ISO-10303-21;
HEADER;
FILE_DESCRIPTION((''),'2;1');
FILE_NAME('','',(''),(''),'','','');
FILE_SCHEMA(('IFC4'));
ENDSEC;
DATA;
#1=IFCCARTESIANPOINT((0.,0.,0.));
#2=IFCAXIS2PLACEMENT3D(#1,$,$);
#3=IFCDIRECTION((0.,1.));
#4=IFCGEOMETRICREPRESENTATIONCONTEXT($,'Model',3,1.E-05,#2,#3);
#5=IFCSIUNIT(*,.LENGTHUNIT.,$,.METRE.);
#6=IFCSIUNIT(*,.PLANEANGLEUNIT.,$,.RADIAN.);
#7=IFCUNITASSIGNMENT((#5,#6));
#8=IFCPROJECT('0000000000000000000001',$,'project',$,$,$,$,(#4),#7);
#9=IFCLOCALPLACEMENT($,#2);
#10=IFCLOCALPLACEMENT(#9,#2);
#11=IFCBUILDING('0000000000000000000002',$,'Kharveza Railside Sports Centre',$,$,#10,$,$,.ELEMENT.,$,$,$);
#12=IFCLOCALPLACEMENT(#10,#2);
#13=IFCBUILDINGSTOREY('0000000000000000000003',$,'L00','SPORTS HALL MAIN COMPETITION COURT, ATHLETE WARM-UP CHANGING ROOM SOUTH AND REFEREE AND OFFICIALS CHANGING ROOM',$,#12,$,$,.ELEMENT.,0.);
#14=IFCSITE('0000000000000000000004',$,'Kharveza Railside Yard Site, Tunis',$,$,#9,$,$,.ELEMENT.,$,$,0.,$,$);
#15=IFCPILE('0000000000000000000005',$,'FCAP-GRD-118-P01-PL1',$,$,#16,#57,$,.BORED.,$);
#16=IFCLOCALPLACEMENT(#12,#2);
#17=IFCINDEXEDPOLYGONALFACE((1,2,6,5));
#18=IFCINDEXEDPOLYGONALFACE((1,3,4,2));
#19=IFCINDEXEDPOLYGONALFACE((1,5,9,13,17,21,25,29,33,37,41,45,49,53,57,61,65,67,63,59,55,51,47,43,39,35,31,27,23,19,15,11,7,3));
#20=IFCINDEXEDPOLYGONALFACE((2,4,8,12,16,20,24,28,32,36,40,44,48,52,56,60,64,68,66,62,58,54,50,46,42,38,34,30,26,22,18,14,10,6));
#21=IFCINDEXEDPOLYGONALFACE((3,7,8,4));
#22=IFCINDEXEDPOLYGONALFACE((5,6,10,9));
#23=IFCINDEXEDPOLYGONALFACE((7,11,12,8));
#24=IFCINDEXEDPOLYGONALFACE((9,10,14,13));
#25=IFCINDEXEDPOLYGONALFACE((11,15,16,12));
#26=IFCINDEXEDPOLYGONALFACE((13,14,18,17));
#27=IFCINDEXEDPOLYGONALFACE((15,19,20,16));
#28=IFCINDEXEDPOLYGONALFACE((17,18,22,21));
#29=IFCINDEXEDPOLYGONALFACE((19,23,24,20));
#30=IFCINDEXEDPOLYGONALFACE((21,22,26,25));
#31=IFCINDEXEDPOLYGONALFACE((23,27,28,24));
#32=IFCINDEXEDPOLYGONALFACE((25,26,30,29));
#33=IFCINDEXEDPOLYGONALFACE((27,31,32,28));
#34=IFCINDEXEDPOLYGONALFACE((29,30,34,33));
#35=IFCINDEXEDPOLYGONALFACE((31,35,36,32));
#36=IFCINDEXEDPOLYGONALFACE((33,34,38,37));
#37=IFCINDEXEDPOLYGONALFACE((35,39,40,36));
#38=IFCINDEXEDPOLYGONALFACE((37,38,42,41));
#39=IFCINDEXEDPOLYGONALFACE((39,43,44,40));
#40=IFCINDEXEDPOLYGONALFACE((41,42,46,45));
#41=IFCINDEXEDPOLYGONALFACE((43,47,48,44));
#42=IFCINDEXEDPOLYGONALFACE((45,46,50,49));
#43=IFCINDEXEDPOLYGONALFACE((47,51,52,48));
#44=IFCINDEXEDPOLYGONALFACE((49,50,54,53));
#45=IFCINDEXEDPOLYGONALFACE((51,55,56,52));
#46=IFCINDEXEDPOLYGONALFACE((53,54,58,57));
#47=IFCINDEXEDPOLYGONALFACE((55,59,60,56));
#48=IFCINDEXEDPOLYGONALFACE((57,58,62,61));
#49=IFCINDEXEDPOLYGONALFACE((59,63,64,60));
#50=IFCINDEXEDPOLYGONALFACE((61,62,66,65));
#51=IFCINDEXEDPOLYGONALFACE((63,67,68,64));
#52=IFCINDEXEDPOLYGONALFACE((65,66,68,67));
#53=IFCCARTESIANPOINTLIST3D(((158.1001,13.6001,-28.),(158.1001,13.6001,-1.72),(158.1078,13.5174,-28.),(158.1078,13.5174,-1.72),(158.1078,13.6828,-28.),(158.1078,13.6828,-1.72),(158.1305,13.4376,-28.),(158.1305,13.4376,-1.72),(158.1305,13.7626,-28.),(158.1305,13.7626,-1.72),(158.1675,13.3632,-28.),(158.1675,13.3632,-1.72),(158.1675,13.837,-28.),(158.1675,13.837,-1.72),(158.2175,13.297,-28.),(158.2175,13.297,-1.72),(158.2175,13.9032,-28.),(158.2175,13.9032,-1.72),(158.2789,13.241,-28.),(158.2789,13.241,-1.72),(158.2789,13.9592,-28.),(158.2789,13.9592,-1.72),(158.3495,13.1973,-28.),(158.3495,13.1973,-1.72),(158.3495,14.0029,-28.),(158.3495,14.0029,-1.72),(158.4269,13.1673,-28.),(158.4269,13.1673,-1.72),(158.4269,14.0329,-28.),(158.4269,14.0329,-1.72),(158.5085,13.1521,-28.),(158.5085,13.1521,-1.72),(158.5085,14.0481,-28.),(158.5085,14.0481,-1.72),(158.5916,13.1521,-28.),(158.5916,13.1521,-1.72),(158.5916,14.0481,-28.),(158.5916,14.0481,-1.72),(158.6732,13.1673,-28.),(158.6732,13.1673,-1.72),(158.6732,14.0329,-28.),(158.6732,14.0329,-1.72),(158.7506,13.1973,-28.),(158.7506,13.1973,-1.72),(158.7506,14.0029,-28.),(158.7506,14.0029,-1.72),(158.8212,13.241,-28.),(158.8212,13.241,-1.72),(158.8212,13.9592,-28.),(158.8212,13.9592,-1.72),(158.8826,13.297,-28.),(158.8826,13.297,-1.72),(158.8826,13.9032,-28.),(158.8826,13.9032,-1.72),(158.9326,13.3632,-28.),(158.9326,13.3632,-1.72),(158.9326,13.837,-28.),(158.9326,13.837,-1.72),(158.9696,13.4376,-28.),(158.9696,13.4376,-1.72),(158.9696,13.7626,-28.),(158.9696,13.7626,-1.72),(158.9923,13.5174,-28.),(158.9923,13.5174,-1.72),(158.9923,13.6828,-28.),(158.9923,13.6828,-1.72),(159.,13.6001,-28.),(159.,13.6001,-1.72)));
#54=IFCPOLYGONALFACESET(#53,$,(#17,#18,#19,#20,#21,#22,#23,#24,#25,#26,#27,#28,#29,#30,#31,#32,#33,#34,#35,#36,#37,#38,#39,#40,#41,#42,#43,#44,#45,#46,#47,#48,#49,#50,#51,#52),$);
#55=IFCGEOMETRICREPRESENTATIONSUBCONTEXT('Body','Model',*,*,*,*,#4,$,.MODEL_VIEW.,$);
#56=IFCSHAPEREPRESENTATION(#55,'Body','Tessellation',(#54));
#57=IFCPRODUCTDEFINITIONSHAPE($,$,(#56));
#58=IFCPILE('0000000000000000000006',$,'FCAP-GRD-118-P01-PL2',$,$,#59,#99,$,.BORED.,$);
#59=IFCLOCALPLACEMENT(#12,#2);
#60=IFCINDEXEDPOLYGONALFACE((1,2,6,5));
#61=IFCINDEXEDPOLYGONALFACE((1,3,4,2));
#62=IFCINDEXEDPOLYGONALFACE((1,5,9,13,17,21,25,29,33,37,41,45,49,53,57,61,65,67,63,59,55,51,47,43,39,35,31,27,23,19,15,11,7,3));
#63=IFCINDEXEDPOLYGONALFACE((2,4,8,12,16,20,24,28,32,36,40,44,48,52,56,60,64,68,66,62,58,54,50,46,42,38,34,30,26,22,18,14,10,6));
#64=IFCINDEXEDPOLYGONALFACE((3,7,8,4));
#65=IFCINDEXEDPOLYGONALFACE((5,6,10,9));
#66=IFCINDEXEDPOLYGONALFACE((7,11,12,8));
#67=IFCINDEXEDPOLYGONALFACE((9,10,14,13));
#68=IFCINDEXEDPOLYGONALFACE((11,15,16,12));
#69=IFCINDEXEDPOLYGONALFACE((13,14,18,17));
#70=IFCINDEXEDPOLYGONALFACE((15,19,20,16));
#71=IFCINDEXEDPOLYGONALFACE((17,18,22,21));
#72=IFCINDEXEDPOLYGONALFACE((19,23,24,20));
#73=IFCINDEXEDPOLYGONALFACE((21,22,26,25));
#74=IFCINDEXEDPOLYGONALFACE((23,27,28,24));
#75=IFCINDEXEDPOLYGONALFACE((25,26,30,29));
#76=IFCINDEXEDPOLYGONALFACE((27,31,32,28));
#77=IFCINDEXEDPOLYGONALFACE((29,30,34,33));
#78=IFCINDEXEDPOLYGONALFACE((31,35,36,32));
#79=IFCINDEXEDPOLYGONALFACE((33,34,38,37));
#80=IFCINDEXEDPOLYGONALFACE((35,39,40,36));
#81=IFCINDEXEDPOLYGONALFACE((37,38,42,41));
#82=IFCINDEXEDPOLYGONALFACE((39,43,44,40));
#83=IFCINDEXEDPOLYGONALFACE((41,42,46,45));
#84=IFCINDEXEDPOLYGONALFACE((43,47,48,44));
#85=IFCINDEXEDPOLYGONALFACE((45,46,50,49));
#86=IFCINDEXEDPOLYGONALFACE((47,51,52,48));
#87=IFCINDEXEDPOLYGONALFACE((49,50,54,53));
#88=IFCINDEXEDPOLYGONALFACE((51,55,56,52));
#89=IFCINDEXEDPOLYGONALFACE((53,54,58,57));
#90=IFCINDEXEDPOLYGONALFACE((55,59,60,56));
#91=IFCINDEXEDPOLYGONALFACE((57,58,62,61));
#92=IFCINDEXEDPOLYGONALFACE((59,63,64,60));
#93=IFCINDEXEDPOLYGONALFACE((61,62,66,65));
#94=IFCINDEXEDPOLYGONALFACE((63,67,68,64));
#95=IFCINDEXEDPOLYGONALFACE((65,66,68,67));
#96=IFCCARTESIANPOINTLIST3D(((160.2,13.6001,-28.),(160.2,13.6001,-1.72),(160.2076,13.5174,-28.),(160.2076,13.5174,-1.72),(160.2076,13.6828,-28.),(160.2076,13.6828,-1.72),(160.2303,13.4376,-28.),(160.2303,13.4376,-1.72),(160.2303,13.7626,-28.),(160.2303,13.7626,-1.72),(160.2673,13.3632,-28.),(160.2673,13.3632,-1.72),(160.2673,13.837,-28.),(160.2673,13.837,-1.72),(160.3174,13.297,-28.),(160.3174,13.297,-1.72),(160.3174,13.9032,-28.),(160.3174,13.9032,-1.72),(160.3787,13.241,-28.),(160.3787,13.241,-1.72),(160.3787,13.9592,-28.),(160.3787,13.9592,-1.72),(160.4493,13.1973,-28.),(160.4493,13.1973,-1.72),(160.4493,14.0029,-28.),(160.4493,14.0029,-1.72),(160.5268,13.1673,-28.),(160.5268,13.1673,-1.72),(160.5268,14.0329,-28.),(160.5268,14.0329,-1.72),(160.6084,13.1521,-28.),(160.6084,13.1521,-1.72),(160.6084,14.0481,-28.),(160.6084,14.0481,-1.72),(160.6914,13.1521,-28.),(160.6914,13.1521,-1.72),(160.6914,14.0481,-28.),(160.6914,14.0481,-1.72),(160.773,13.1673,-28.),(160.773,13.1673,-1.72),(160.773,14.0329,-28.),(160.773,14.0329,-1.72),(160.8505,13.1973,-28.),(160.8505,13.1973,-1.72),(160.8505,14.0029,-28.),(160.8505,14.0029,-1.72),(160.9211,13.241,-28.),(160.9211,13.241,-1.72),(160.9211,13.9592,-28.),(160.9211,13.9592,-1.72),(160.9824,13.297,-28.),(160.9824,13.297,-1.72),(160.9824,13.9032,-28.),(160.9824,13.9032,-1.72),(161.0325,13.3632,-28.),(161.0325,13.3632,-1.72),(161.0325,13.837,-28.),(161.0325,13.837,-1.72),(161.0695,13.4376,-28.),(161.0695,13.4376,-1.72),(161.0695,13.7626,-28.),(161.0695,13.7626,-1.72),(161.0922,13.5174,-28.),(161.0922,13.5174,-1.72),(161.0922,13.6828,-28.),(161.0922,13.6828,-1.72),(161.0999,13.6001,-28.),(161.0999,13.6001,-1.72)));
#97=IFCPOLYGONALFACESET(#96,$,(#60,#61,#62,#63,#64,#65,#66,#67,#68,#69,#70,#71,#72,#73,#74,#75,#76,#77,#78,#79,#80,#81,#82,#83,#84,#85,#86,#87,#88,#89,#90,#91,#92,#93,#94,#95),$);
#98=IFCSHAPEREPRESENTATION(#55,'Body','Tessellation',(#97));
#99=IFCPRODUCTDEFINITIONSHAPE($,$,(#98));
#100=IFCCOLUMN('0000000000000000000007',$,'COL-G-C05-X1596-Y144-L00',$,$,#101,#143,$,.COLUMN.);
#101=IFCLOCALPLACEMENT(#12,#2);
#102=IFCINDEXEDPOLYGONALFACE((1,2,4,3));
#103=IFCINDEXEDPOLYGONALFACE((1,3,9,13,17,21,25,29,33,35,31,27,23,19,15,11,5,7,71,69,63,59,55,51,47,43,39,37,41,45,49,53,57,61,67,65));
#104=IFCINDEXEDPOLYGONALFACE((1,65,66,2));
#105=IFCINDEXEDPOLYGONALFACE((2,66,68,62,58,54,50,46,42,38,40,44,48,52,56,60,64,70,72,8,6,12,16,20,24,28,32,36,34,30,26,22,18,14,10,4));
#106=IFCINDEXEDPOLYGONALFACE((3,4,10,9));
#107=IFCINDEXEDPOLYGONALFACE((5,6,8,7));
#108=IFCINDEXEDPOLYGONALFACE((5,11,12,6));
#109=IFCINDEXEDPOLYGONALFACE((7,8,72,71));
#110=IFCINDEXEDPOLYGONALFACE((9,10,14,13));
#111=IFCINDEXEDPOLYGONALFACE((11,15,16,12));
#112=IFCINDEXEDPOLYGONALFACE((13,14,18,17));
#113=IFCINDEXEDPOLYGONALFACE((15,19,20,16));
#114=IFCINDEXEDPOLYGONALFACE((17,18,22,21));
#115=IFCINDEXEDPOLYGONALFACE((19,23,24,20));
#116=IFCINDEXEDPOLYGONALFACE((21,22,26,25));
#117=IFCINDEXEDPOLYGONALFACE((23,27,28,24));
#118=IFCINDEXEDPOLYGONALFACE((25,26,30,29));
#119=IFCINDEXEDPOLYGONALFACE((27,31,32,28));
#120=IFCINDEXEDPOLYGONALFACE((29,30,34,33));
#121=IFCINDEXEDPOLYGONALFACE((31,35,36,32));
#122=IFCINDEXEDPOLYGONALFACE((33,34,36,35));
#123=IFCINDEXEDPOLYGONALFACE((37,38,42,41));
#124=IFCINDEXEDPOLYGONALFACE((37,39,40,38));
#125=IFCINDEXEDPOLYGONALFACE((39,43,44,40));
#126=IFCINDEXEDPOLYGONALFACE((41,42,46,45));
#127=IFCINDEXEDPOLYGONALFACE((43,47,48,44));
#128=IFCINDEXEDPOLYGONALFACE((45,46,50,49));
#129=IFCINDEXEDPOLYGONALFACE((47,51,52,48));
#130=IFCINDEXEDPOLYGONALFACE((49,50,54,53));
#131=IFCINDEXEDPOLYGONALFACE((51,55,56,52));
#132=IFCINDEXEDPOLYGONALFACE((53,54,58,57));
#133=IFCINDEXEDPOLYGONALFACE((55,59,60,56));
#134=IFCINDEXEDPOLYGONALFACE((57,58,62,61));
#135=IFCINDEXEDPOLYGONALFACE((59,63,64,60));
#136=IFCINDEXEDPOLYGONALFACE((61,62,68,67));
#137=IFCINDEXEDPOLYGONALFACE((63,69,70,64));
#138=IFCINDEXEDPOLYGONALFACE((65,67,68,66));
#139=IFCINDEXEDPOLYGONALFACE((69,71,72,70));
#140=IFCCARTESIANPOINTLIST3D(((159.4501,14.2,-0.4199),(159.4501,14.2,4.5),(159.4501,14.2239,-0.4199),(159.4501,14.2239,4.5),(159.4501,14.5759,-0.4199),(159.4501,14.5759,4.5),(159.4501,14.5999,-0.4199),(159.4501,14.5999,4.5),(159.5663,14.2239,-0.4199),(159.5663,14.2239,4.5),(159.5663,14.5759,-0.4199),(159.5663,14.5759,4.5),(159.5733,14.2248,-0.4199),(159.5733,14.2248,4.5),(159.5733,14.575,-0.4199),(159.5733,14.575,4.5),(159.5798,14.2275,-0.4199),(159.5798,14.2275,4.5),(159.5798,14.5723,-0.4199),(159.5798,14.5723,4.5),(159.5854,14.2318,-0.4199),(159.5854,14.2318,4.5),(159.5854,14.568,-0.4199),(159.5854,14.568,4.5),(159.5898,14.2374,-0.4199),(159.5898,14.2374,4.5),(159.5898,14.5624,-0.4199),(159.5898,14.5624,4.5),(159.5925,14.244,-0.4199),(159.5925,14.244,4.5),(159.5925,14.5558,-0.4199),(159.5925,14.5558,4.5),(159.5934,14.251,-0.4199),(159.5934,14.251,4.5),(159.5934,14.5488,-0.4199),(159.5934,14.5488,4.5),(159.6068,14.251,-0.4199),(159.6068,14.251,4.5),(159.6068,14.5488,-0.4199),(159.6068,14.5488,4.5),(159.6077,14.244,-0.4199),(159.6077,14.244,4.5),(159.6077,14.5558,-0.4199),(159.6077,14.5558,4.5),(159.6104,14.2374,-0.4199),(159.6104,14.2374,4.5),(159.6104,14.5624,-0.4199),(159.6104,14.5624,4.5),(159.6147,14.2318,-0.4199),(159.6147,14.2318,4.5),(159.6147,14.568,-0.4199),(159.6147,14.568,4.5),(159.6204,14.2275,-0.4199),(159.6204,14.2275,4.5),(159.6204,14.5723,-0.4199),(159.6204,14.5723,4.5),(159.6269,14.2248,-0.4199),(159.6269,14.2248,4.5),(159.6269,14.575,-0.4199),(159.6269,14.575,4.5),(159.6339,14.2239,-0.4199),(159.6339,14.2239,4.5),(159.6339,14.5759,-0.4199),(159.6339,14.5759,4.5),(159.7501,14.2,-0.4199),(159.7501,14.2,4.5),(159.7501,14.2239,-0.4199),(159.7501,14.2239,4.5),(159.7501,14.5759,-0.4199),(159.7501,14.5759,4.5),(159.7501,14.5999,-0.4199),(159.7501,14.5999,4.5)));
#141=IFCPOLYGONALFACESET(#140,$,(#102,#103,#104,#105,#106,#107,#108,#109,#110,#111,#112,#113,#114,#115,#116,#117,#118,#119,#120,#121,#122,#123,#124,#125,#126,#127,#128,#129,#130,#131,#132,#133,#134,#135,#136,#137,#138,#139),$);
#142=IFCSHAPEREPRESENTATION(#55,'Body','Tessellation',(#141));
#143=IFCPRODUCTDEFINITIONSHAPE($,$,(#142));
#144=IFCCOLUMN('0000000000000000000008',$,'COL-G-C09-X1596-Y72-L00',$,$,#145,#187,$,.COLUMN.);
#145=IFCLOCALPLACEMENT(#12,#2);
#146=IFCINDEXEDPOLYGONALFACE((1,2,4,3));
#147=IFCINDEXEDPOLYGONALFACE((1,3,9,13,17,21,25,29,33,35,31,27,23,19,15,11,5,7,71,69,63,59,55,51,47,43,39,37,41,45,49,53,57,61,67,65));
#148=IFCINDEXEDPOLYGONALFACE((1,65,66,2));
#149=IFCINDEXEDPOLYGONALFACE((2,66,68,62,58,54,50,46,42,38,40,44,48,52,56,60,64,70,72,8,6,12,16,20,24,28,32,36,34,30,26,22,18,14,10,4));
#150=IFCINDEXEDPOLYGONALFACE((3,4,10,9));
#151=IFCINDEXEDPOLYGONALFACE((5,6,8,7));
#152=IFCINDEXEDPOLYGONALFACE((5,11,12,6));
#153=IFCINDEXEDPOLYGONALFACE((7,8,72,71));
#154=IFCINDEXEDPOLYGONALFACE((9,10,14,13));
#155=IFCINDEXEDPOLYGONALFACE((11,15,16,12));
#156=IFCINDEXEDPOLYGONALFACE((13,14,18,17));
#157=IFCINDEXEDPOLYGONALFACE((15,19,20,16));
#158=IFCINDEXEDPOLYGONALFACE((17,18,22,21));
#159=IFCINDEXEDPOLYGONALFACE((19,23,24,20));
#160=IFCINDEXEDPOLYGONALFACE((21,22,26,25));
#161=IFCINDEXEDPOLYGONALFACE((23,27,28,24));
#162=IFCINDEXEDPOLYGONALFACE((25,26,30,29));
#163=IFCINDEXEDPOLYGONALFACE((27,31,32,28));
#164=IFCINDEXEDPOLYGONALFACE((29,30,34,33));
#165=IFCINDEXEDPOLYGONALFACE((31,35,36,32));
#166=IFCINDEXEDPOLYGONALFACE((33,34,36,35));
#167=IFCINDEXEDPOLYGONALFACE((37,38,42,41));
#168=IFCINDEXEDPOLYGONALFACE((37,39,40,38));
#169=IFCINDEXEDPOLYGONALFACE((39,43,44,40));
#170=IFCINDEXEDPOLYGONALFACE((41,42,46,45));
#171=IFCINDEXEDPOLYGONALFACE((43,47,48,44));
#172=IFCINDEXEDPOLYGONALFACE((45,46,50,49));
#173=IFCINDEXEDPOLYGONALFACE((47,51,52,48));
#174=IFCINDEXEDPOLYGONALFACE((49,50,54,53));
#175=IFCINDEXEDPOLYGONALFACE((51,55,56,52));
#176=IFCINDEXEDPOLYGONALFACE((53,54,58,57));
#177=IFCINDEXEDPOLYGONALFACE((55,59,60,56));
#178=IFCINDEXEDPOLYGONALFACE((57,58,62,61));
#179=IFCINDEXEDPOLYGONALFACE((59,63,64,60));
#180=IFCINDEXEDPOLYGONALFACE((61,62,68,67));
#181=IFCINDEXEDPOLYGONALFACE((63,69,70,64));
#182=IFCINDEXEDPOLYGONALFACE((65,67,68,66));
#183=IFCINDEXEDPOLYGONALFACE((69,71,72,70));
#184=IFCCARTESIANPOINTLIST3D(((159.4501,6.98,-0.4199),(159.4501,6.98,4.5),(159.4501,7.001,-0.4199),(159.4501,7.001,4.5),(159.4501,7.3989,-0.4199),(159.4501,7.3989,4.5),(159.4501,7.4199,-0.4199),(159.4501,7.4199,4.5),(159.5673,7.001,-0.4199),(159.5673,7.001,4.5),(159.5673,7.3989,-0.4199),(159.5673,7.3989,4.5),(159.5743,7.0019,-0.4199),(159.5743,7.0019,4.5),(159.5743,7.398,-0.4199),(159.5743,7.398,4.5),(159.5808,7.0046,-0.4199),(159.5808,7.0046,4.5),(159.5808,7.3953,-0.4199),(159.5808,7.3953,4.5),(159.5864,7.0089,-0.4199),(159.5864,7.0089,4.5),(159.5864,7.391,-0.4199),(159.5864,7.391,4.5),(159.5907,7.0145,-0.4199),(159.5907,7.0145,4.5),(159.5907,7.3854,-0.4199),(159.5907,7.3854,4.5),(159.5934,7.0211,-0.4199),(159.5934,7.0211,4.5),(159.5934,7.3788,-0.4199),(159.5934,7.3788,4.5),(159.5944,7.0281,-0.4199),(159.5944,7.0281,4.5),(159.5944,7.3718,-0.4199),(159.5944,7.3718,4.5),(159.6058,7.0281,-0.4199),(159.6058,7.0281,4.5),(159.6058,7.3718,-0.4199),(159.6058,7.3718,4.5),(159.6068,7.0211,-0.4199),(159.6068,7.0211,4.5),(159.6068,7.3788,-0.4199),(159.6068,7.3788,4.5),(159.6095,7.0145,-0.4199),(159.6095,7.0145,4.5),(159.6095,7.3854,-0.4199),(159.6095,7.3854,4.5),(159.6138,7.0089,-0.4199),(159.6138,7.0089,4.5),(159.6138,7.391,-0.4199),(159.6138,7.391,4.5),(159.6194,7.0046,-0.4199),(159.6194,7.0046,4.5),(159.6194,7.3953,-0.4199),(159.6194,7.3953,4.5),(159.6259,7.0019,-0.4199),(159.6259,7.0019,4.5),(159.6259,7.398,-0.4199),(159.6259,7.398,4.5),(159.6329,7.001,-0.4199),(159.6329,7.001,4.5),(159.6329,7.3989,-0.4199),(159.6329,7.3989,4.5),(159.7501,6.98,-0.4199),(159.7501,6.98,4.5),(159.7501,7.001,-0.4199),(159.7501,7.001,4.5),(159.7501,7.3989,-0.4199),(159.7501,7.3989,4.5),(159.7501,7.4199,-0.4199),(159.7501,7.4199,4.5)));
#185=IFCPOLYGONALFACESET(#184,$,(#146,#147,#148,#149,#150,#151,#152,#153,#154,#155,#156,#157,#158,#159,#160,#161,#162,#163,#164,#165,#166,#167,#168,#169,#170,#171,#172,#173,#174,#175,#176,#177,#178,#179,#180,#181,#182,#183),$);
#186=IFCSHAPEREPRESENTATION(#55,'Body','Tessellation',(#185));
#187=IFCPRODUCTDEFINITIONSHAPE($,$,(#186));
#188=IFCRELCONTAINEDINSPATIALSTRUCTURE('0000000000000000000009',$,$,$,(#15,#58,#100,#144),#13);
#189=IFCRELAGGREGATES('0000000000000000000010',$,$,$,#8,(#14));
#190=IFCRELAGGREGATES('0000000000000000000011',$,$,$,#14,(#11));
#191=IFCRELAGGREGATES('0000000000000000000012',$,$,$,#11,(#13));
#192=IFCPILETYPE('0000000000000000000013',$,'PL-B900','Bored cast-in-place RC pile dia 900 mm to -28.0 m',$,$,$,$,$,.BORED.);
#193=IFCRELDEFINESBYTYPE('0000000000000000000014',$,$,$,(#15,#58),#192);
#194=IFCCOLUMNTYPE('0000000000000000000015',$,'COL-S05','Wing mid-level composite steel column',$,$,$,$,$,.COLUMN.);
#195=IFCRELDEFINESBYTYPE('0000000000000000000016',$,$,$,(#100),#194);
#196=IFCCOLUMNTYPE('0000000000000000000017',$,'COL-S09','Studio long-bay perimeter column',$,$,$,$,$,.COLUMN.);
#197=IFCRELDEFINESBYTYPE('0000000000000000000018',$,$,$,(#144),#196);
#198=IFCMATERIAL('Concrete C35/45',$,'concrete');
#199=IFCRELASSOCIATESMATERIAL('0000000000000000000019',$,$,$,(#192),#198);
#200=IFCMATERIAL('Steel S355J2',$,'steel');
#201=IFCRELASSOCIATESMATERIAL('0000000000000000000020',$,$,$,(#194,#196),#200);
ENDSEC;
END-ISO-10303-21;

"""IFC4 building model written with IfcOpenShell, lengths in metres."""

from ifc_helpers import new_model, si_unit, direction, frame, origin, origin_2d, place, context, subcontext, project, spatial, circle, i_section, extrude, material, material_profile, profile_set, type_object, element, save


model = new_model("IFC4")

# Units and contexts
model_context = context("Model", 3, precision=1e-05, world=origin(), true_north=direction((0.0, 1.0)))
body_context = subcontext(model_context, "Body", "Model", "MODEL_VIEW")
ifc_project = project(units=[si_unit("LENGTHUNIT", "METRE"), si_unit("PLANEANGLEUNIT", "RADIAN")], contexts=[model_context])

# Site, building, storey
site_placement = place(None, origin())
site = spatial("IfcSite", under=ifc_project, at=site_placement, Name="Kharveza Railside Yard Site, Tunis", CompositionType="ELEMENT", RefElevation=0.0)
building_placement = place(site_placement, origin())
building = spatial("IfcBuilding", under=site, at=building_placement, Name="Kharveza Railside Sports Centre", CompositionType="ELEMENT")
storey_placement = place(building_placement, origin())
storey = spatial("IfcBuildingStorey", under=building, at=storey_placement, Name="L00", Description="SPORTS HALL MAIN COMPETITION COURT, ATHLETE WARM-UP CHANGING ROOM SOUTH AND REFEREE AND OFFICIALS CHANGING ROOM", CompositionType="ELEMENT", Elevation=0.0)

# Shared definitions
ifc_material_1 = material(Name="Concrete C35/45", Category="concrete")

# Piles
ifc_material_profile_1 = material_profile(ifc_material_1, circle(Radius=0.45, at=origin_2d()), Name="PILE D900")
ifc_profile_set_1 = profile_set([ifc_material_profile_1], Name="Concrete C35/45")
pile_type = type_object("IfcPileType", Name="PL-B900", Description="Bored cast-in-place RC pile dia 900 mm to -28.0 m", PredefinedType="BORED", material=ifc_profile_set_1)
for number, where, z_axis, x_axis, name in (
    (1, (158.55, 13.6001, -1.72), (0.0, 0.0, -1.0), (1.0, 0.0, 0.0), "FCAP-GRD-118-P01-PL1"),
    (2, (160.6499, 13.6001, -1.72), (0.0, 0.0, -1.0), (1.0, 0.0, 0.0), "FCAP-GRD-118-P01-PL2"),
):
    element("IfcPile", number, at=place(storey_placement, frame(where, z_axis=z_axis, x_axis=x_axis)), inside=storey, type_object=pile_type, Name=name, PredefinedType="BORED", context=body_context, shape_type="SweptSolid", body=[
        extrude(circle(Radius=0.45, at=origin_2d()), origin(), (0.0, 0.0, 1.0), 26.28),
    ])

# Columns
ifc_material_2 = material(Name="Steel S355J2", Category="steel")
ifc_material_profile_2 = material_profile(ifc_material_2, i_section(OverallWidth=0.3, OverallDepth=0.3999, WebThickness=0.0134, FlangeThickness=0.0239, FilletRadius=0.0271, at=origin_2d()), Name="HEB 400")
ifc_profile_set_2 = profile_set([ifc_material_profile_2], Name="Steel S355J2")
column_type_1 = type_object("IfcColumnType", Name="COL-S05", Description="Wing mid-level composite steel column", PredefinedType="COLUMN", material=ifc_profile_set_2)
column_1_placement = place(storey_placement, frame((159.6001, 14.3999, -0.4199), z_axis=(0.0, 0.0, 1.0), x_axis=(1.0, 0.0, 0.0)))
element("IfcColumn", 3, at=column_1_placement, inside=storey, type_object=column_type_1, Name="COL-G-C05-X1596-Y144-L00", PredefinedType="COLUMN", context=body_context, shape_type="SweptSolid", body=[
    extrude(i_section(OverallWidth=0.3, OverallDepth=0.3999, WebThickness=0.0134, FlangeThickness=0.0239, FilletRadius=0.0271, at=origin_2d()), origin(), (0.0, 0.0, 1.0), 4.9199),
])
ifc_material_profile_3 = material_profile(ifc_material_2, i_section(OverallWidth=0.3, OverallDepth=0.4399, WebThickness=0.0115, FlangeThickness=0.021, FilletRadius=0.0271, at=origin_2d()), Name="HEA 450")
ifc_profile_set_3 = profile_set([ifc_material_profile_3], Name="Steel S355J2")
column_type_2 = type_object("IfcColumnType", Name="COL-S09", Description="Studio long-bay perimeter column", PredefinedType="COLUMN", material=ifc_profile_set_3)
column_2_placement = place(storey_placement, frame((159.6001, 7.2, -0.4199), z_axis=(0.0, 0.0, 1.0), x_axis=(1.0, 0.0, 0.0)))
element("IfcColumn", 4, at=column_2_placement, inside=storey, type_object=column_type_2, Name="COL-G-C09-X1596-Y72-L00", PredefinedType="COLUMN", context=body_context, shape_type="SweptSolid", body=[
    extrude(i_section(OverallWidth=0.3, OverallDepth=0.4399, WebThickness=0.0115, FlangeThickness=0.021, FilletRadius=0.0271, at=origin_2d()), origin(), (0.0, 0.0, 1.0), 4.9199),
])

save(model, "model.ifc")
